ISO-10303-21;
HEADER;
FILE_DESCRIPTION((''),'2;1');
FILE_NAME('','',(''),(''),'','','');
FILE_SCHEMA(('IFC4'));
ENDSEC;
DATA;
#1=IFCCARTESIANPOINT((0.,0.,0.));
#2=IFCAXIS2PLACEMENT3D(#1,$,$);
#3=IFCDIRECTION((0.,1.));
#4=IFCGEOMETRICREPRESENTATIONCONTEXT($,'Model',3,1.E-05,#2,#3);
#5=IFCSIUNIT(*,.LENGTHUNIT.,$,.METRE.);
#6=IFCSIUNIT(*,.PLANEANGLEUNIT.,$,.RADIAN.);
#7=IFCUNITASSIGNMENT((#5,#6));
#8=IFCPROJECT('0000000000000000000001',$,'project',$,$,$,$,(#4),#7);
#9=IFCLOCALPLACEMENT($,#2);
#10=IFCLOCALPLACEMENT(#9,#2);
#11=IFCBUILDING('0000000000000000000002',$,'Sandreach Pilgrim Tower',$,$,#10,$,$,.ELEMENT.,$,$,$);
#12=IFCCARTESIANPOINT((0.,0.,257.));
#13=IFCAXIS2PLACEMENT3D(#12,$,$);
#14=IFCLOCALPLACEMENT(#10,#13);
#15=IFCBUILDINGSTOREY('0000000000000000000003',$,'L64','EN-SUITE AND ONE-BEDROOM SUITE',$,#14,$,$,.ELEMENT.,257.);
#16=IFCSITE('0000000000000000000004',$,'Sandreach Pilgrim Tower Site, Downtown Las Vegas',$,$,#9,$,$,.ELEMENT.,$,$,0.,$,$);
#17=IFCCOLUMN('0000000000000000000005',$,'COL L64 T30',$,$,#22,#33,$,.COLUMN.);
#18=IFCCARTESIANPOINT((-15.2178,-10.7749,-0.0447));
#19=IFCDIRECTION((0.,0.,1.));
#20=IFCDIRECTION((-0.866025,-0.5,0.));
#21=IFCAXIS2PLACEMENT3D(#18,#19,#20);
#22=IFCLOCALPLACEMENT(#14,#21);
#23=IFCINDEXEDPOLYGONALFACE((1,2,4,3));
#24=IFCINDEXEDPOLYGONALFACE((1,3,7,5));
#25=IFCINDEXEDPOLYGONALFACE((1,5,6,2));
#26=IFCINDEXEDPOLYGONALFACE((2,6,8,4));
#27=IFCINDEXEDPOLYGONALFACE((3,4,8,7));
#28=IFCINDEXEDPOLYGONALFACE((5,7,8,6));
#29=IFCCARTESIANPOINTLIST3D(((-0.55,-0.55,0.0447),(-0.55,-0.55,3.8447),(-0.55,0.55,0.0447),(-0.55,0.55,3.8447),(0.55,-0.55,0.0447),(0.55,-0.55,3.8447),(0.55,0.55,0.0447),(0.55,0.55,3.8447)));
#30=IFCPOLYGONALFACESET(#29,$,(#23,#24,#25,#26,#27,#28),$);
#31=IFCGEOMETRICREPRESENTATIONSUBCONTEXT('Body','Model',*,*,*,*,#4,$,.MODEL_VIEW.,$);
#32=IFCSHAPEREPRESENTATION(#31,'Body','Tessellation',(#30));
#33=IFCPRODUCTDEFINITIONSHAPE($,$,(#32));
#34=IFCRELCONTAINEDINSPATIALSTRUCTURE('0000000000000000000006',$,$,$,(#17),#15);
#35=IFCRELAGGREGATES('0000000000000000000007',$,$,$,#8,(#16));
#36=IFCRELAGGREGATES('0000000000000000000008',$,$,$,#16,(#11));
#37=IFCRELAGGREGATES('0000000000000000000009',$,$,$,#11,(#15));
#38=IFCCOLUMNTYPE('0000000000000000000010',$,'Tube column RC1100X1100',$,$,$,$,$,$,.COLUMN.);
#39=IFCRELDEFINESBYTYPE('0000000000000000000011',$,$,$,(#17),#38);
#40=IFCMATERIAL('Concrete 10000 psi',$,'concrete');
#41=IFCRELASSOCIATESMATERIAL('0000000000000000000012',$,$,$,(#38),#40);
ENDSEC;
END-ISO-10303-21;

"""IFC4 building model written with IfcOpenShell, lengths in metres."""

from ifc_helpers import new_model, si_unit, direction, frame, origin, origin_2d, place, context, subcontext, project, spatial, rectangle, extrude, clip, halfspace, material, material_profile, profile_set, type_object, element, save


model = new_model("IFC4")

# Units and contexts
model_context = context("Model", 3, precision=1e-05, world=origin(), true_north=direction((0.0, 1.0)))
body_context = subcontext(model_context, "Body", "Model", "MODEL_VIEW")
ifc_project = project(units=[si_unit("LENGTHUNIT", "METRE"), si_unit("PLANEANGLEUNIT", "RADIAN")], contexts=[model_context])

# Site, building, storey
site_placement = place(None, origin())
site = spatial("IfcSite", under=ifc_project, at=site_placement, Name="Sandreach Pilgrim Tower Site, Downtown Las Vegas", CompositionType="ELEMENT", RefElevation=0.0)
building_placement = place(site_placement, origin())
building = spatial("IfcBuilding", under=site, at=building_placement, Name="Sandreach Pilgrim Tower", CompositionType="ELEMENT")
storey_placement = place(building_placement, frame((0.0, 0.0, 257.0)))
storey = spatial("IfcBuildingStorey", under=building, at=storey_placement, Name="L64", Description="EN-SUITE AND ONE-BEDROOM SUITE", CompositionType="ELEMENT", Elevation=257.0)

# Column
ifc_material_1 = material(Name="Concrete 10000 psi", Category="concrete")
ifc_material_profile_1 = material_profile(ifc_material_1, rectangle(XDim=1.1001, YDim=1.1001, at=origin_2d()), Name="RC1100X1100")
ifc_profile_set_1 = profile_set([ifc_material_profile_1], Name="Concrete 10000 psi")
column_type = type_object("IfcColumnType", Name="Tube column RC1100X1100", PredefinedType="COLUMN", material=ifc_profile_set_1)
column_placement = place(storey_placement, frame((-15.2178, -10.7749, -0.0447), z_axis=(0.0, 0.0, 1.0), x_axis=(-0.866025, -0.5, 0.0)))
element("IfcColumn", 1, at=column_placement, inside=storey, type_object=column_type, Name="COL L64 T30", PredefinedType="COLUMN", context=body_context, shape_type="SweptSolid", body=[
    clip(extrude(rectangle(XDim=1.1001, YDim=1.1001, at=origin_2d()), origin(), (0.0, 0.0, 1.0), 3.8447), halfspace(frame((0.0, 0.0, 0.0447)), True)),
])

save(model, "model.ifc")
